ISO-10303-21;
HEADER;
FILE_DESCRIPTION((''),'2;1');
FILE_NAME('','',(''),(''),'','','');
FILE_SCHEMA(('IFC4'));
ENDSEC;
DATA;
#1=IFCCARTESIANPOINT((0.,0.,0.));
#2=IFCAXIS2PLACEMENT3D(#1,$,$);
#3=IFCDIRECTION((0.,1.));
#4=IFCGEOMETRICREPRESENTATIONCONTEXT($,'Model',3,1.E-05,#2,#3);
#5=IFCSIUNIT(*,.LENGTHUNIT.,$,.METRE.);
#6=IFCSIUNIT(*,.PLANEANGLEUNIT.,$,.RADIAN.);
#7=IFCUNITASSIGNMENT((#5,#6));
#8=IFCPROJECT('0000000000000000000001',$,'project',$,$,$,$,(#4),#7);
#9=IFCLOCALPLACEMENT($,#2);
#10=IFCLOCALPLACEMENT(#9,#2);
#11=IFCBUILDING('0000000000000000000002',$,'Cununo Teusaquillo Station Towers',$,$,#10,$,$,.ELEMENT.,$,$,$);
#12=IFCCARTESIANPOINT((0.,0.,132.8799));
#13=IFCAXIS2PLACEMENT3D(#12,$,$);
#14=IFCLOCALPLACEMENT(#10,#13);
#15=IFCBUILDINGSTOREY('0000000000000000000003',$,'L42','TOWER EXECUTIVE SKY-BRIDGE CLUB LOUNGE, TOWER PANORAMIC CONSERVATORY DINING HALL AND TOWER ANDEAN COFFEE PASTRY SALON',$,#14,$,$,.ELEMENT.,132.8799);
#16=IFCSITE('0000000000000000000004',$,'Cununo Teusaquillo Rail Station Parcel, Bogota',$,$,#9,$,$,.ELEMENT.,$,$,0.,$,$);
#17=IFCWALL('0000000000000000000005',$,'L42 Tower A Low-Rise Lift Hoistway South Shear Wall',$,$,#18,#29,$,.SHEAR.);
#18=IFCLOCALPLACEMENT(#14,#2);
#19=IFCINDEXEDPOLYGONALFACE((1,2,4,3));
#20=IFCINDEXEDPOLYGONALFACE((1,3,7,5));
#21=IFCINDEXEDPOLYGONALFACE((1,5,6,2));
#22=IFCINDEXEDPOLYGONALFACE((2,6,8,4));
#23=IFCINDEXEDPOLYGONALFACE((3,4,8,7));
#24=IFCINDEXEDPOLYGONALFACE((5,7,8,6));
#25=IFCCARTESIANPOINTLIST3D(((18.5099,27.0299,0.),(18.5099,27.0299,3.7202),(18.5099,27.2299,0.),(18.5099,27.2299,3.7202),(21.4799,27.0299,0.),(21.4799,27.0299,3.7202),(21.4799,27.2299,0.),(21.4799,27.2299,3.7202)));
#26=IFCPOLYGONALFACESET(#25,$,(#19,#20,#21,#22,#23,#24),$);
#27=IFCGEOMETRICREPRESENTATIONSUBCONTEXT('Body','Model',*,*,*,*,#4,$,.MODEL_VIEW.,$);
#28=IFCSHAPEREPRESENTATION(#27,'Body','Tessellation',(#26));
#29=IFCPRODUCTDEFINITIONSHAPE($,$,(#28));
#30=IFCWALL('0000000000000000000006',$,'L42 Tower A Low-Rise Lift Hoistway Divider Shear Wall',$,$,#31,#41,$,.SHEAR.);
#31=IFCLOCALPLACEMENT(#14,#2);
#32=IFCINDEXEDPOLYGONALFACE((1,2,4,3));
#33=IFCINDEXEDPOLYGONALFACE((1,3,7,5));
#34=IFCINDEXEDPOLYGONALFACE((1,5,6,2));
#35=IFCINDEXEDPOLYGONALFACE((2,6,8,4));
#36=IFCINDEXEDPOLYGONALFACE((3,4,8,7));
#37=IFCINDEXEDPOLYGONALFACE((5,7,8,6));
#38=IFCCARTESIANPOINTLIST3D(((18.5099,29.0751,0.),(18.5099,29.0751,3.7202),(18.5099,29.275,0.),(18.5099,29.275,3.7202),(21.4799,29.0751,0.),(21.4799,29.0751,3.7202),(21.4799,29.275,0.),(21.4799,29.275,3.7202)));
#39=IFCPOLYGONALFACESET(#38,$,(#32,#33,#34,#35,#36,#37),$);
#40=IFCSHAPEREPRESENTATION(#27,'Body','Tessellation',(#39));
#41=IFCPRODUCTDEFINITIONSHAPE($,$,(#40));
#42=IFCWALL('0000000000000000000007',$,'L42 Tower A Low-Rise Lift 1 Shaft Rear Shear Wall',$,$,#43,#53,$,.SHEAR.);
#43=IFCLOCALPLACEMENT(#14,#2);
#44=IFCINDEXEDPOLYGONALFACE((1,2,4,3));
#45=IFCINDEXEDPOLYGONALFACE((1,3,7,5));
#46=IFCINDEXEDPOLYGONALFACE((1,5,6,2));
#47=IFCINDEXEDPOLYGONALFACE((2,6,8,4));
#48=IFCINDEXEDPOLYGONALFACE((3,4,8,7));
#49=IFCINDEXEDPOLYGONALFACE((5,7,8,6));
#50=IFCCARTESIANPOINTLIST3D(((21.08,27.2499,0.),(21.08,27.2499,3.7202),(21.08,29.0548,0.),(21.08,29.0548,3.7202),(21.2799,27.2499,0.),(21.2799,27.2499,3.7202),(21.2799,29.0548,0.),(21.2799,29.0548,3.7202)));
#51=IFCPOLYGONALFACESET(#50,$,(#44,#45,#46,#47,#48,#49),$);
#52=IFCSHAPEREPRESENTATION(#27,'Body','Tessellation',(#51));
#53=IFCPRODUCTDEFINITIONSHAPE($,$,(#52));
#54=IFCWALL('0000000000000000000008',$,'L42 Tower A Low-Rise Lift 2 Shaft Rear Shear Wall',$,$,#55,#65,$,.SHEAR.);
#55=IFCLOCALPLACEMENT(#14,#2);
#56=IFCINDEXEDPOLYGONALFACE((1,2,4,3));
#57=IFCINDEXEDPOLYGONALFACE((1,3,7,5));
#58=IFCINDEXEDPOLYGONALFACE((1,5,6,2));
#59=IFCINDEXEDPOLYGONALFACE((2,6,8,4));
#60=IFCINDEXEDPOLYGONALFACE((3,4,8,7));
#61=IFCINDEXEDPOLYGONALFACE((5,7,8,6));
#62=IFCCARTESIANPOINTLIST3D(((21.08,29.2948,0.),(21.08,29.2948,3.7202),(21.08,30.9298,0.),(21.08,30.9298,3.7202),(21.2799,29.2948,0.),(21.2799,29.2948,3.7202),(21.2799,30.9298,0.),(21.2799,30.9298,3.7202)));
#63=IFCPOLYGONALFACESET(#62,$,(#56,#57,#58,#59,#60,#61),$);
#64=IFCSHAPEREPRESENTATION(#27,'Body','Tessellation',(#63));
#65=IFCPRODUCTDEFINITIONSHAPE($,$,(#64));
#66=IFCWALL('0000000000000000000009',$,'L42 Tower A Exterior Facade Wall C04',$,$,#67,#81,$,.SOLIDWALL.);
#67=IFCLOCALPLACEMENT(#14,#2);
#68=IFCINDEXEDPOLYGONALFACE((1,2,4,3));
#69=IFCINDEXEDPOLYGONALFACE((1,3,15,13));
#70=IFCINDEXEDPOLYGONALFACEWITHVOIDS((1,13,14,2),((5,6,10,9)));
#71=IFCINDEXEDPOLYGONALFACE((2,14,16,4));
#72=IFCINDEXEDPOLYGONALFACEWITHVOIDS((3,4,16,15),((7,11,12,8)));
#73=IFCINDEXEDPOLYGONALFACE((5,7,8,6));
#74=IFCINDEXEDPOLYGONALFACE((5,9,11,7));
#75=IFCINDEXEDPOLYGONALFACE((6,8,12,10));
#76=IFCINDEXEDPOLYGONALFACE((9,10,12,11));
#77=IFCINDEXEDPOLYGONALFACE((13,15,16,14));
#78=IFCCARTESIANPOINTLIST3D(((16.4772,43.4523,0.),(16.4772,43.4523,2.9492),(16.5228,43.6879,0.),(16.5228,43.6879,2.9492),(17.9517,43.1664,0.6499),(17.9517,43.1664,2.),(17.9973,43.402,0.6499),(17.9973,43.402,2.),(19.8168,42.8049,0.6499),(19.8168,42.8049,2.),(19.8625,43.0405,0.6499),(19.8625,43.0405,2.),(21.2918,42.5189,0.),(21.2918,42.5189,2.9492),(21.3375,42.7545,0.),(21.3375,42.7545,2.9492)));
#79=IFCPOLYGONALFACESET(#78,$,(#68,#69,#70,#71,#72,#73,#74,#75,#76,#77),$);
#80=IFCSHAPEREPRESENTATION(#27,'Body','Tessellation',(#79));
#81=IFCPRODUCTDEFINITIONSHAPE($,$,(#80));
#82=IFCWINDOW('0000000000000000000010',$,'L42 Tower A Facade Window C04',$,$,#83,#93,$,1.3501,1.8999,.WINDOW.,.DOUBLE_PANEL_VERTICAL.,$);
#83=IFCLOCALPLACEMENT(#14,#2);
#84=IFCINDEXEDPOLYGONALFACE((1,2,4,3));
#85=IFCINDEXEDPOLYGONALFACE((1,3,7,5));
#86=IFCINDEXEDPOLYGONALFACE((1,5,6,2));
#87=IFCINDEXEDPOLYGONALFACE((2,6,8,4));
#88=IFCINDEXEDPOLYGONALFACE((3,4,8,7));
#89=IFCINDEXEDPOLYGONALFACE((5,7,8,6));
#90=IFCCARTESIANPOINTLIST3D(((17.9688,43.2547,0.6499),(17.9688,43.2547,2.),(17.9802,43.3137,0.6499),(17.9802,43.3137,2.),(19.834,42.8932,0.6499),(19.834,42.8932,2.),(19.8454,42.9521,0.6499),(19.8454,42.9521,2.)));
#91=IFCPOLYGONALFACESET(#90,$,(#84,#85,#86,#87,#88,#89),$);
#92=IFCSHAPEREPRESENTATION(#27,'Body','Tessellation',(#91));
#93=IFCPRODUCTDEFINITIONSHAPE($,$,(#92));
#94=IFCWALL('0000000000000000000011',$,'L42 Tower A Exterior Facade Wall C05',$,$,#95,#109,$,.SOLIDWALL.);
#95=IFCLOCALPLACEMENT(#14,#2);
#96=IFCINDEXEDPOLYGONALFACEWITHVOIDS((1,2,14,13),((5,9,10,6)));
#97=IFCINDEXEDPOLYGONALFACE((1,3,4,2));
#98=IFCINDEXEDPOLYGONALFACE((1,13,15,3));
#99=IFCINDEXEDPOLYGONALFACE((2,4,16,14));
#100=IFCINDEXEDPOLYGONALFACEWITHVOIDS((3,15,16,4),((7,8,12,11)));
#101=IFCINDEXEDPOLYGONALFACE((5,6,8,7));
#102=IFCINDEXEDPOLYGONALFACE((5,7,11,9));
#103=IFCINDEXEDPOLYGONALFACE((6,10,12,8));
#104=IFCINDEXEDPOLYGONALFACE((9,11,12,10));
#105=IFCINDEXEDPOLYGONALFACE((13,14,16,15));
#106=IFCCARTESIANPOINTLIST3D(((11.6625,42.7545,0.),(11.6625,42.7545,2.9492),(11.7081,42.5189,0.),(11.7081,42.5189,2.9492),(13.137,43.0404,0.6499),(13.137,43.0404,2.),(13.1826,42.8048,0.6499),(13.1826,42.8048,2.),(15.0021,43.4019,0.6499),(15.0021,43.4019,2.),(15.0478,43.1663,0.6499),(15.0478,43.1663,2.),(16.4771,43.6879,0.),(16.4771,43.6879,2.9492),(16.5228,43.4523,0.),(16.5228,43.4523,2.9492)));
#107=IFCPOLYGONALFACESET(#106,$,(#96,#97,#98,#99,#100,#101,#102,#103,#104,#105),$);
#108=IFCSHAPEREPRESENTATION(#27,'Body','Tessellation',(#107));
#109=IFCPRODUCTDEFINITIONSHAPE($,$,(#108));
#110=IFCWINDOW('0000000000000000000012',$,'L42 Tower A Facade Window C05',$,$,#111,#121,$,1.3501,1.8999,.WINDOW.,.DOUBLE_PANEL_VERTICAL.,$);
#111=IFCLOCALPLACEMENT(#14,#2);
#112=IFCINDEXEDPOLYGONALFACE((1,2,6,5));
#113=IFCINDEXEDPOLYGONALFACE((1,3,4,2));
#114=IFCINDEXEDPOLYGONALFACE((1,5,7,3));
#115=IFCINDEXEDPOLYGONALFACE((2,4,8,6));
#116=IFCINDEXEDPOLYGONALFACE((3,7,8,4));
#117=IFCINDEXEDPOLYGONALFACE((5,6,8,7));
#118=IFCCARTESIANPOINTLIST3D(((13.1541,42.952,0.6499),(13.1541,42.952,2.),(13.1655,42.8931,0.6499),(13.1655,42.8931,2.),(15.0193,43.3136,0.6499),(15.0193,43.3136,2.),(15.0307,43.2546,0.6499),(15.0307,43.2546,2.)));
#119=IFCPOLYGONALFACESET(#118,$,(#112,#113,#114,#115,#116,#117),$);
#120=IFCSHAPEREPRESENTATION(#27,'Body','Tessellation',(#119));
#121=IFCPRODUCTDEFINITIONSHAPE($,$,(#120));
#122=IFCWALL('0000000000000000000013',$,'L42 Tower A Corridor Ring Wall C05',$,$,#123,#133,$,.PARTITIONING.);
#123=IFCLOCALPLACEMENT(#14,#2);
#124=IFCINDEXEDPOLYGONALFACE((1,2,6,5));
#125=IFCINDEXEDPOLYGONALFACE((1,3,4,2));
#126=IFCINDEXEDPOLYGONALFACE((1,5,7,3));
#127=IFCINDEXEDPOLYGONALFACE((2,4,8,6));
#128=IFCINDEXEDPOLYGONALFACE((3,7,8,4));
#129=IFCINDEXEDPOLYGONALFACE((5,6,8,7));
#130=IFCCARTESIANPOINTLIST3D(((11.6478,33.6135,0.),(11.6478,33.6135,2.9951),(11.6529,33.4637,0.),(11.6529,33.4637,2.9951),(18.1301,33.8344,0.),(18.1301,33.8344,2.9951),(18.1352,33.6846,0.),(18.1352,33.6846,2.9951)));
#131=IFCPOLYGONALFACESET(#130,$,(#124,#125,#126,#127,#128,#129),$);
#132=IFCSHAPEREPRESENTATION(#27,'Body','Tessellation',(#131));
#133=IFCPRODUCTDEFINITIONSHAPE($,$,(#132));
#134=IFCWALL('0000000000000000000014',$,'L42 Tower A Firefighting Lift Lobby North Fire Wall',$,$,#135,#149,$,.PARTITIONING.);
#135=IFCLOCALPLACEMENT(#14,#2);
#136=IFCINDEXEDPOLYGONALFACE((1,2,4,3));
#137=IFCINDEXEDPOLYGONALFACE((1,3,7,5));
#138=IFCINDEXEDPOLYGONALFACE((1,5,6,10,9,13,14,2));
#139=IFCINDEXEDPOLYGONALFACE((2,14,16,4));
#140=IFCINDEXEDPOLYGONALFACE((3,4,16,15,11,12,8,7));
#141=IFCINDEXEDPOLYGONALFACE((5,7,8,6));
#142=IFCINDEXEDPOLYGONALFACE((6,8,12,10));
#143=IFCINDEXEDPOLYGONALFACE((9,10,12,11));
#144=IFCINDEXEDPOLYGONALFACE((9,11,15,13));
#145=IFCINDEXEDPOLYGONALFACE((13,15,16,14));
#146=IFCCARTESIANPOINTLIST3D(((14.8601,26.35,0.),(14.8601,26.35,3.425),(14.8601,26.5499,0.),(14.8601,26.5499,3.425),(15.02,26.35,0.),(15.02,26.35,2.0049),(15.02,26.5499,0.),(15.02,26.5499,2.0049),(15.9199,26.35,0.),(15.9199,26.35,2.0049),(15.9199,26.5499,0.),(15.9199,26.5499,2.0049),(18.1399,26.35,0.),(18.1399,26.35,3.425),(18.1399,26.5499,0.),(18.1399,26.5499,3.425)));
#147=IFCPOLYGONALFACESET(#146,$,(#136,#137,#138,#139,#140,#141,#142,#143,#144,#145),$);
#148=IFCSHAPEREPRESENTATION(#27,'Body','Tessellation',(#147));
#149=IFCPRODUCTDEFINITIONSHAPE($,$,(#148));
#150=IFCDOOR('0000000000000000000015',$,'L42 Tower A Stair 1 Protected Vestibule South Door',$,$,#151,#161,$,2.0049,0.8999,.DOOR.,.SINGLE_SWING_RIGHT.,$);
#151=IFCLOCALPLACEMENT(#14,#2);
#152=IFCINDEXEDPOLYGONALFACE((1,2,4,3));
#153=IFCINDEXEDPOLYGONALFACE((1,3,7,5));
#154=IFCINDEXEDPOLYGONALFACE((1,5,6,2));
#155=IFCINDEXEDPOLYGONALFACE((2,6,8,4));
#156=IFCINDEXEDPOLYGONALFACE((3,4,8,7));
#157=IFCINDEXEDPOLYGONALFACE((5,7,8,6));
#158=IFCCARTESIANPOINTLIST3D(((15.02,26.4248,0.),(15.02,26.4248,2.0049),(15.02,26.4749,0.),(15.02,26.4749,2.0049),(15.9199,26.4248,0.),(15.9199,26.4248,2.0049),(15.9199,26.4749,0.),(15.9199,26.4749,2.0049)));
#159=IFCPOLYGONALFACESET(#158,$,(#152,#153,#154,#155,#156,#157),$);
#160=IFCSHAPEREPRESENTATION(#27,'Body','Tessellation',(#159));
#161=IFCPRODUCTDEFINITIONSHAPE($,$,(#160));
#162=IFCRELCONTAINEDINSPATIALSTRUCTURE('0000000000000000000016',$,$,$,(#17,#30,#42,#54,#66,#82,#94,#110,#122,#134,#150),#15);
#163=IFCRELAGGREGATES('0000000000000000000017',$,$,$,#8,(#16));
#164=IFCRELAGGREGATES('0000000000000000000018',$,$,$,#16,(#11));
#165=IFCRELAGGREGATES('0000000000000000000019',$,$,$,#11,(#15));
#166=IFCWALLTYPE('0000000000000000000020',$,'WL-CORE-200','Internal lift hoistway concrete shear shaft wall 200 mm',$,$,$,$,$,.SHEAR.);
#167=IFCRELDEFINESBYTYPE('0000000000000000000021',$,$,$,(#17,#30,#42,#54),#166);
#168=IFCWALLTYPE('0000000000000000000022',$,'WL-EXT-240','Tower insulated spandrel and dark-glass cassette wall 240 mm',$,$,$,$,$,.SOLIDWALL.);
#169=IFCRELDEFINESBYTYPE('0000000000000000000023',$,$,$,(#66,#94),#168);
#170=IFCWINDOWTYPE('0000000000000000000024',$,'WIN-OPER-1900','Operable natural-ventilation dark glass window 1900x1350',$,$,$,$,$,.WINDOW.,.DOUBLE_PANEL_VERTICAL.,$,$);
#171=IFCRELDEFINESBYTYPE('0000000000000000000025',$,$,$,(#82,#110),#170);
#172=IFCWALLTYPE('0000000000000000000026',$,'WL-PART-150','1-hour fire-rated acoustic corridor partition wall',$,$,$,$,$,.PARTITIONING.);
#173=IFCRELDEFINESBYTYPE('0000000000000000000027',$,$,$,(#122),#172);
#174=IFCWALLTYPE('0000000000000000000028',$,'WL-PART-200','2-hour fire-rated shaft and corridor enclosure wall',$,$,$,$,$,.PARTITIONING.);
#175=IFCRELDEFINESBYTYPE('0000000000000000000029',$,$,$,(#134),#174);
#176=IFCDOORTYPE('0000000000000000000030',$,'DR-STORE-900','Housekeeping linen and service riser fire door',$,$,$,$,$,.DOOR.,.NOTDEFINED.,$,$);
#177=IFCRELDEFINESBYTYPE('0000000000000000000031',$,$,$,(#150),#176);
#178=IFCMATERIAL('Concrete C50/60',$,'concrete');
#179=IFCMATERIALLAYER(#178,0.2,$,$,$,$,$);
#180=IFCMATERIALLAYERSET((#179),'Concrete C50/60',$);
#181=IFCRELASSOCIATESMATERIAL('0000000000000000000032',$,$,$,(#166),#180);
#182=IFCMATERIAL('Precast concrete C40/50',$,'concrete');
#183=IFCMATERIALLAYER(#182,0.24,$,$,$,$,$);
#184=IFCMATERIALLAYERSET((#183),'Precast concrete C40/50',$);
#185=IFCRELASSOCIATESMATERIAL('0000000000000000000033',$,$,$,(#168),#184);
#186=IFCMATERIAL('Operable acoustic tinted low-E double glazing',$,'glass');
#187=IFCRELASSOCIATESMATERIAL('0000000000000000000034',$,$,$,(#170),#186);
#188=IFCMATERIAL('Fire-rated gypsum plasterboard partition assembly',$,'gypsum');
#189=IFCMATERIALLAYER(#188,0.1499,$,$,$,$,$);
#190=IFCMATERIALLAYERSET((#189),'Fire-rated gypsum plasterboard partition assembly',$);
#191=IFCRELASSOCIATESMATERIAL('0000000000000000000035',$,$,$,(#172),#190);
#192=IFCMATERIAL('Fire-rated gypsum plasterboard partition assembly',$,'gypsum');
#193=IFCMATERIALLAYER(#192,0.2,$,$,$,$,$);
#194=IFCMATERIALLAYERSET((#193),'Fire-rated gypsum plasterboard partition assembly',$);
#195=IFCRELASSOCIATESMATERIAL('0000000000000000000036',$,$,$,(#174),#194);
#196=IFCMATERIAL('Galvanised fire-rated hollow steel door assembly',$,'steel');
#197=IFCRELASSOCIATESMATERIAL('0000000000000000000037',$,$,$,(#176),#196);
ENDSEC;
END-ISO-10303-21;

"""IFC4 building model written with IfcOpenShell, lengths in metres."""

from ifc_helpers import new_model, si_unit, direction, frame, frame_2d, origin, place, context, subcontext, project, spatial, rectangle, extrude, source, transform, mapped, material, layer, layer_set, type_object, element, fill, save


model = new_model("IFC4")

# Units and contexts
model_context = context("Model", 3, precision=1e-05, world=origin(), true_north=direction((0.0, 1.0)))
body_context = subcontext(model_context, "Body", "Model", "MODEL_VIEW")
ifc_project = project(units=[si_unit("LENGTHUNIT", "METRE"), si_unit("PLANEANGLEUNIT", "RADIAN")], contexts=[model_context])

# Site, building, storey
site_placement = place(None, origin())
site = spatial("IfcSite", under=ifc_project, at=site_placement, Name="Cununo Teusaquillo Rail Station Parcel, Bogota", CompositionType="ELEMENT", RefElevation=0.0)
building_placement = place(site_placement, origin())
building = spatial("IfcBuilding", under=site, at=building_placement, Name="Cununo Teusaquillo Station Towers", CompositionType="ELEMENT")
storey_placement = place(building_placement, frame((0.0, 0.0, 132.8799)))
storey = spatial("IfcBuildingStorey", under=building, at=storey_placement, Name="L42", Description="TOWER EXECUTIVE SKY-BRIDGE CLUB LOUNGE, TOWER PANORAMIC CONSERVATORY DINING HALL AND TOWER ANDEAN COFFEE PASTRY SALON", CompositionType="ELEMENT", Elevation=132.8799)

# Walls
ifc_material_1 = material(Name="Concrete C50/60", Category="concrete")
ifc_layer_1 = layer(ifc_material_1, 0.2)
ifc_layer_set_1 = layer_set([ifc_layer_1], Name="Concrete C50/60")
wall_type_1 = type_object("IfcWallType", Name="WL-CORE-200", Description="Internal lift hoistway concrete shear shaft wall 200 mm", PredefinedType="SHEAR", material=ifc_layer_set_1)
for number, where, z_axis, x_axis, name in (
    (1, (18.51, 27.1299, 0.0), (0.0, 0.0, 1.0), (1.0, 0.0, 0.0), "L42 Tower A Low-Rise Lift Hoistway South Shear Wall"),
    (2, (18.51, 29.175, 0.0), (0.0, 0.0, 1.0), (1.0, 0.0, 0.0), "L42 Tower A Low-Rise Lift Hoistway Divider Shear Wall"),
):
    element("IfcWall", number, at=place(storey_placement, frame(where, z_axis=z_axis, x_axis=x_axis)), inside=storey, type_object=wall_type_1, Name=name, PredefinedType="SHEAR", context=body_context, shape_type="SweptSolid", body=[
        extrude(rectangle(XDim=2.97, YDim=0.2, at=frame_2d((1.4849, 0.0))), origin(), (0.0, 0.0, 1.0), 3.7202),
    ])
wall_1_placement = place(storey_placement, frame((21.1799, 27.25, 0.0), z_axis=(0.0, 0.0, 1.0), x_axis=(0.0, 1.0, 0.0)))
element("IfcWall", 3, at=wall_1_placement, inside=storey, type_object=wall_type_1, Name="L42 Tower A Low-Rise Lift 1 Shaft Rear Shear Wall", PredefinedType="SHEAR", context=body_context, shape_type="SweptSolid", body=[
    extrude(rectangle(XDim=1.8049, YDim=0.2, at=frame_2d((0.9023, 0.0))), origin(), (0.0, 0.0, 1.0), 3.7202),
])
wall_2_placement = place(storey_placement, frame((21.1799, 29.2949, 0.0), z_axis=(0.0, 0.0, 1.0), x_axis=(0.0, 1.0, 0.0)))
element("IfcWall", 4, at=wall_2_placement, inside=storey, type_object=wall_type_1, Name="L42 Tower A Low-Rise Lift 2 Shaft Rear Shear Wall", PredefinedType="SHEAR", context=body_context, shape_type="SweptSolid", body=[
    extrude(rectangle(XDim=1.635, YDim=0.2, at=frame_2d((0.8174, 0.0))), origin(), (0.0, 0.0, 1.0), 3.7202),
])

# Walls, openings, windows
ifc_material_2 = material(Name="Precast concrete C40/50", Category="concrete")
ifc_layer_2 = layer(ifc_material_2, 0.24)
ifc_layer_set_2 = layer_set([ifc_layer_2], Name="Precast concrete C40/50")
wall_type_2 = type_object("IfcWallType", Name="WL-EXT-240", Description="Tower insulated spandrel and dark-glass cassette wall 240 mm", PredefinedType="SOLIDWALL", material=ifc_layer_set_2)
wall_3_placement = place(storey_placement, frame((16.5, 43.5701, 0.0), z_axis=(0.0, 0.0, 1.0), x_axis=(0.981724, -0.190311, 0.0)))
wall_3 = element("IfcWall", 5, at=wall_3_placement, inside=storey, type_object=wall_type_2, Name="L42 Tower A Exterior Facade Wall C04", PredefinedType="SOLIDWALL", context=body_context, shape_type="SweptSolid", body=[
    extrude(rectangle(XDim=4.9043, YDim=0.24, at=frame_2d((2.4521, 0.0))), origin(), (0.0, 0.0, 1.0), 2.9492),
])
shared_shape_1 = source(origin(), body_context, "Body", "SweptSolid", [
    extrude(rectangle(XDim=1.8999, YDim=1.3501, at=frame_2d((0.95, 0.675))), frame((0.0, 0.1299, 0.0), z_axis=(0.0, -1.0, 0.0), x_axis=(1.0, 0.0, 0.0)), (0.0, 0.0, 1.0), 0.26),
])
opening_1_placement = place(wall_3_placement, frame((1.502, 0.0, 0.6499)))
opening_1 = element("IfcOpeningElement", 6, at=opening_1_placement, cuts=wall_3, PredefinedType="OPENING", context=body_context, shape_type="MappedRepresentation", body=[
    mapped(shared_shape_1, transform((0.0, 0.0, 0.0), x_axis=(1.0, 0.0, 0.0), y_axis=(0.0, 1.0, 0.0), z_axis=(0.0, 0.0, 1.0), scale=1.0)),
])
ifc_material_3 = material(Name="Operable acoustic tinted low-E double glazing", Category="glass")
window_type = type_object("IfcWindowType", Name="WIN-OPER-1900", Description="Operable natural-ventilation dark glass window 1900x1350", PartitioningType="DOUBLE_PANEL_VERTICAL", PredefinedType="WINDOW", material=ifc_material_3)
shared_shape_2 = source(origin(), body_context, "Body", "SweptSolid", [
    extrude(rectangle(XDim=1.8999, YDim=1.3501, at=frame_2d((0.95, 0.675))), frame((0.0, 0.03, 0.0), z_axis=(0.0, -1.0, 0.0), x_axis=(1.0, 0.0, 0.0)), (0.0, 0.0, 1.0), 0.0601),
])
window_1_placement = place(opening_1_placement, origin())
window_1 = element("IfcWindow", 7, at=window_1_placement, inside=storey, type_object=window_type, Name="L42 Tower A Facade Window C04", OverallHeight=1.3501, OverallWidth=1.8999, PartitioningType="DOUBLE_PANEL_VERTICAL", PredefinedType="WINDOW", context=body_context, shape_type="MappedRepresentation", body=[
    mapped(shared_shape_2, transform((0.0, 0.0, 0.0), x_axis=(1.0, 0.0, 0.0), y_axis=(0.0, 1.0, 0.0), z_axis=(0.0, 0.0, 1.0), scale=1.0)),
])
fill(opening_1, window_1)
wall_4_placement = place(storey_placement, frame((11.6853, 42.6367, 0.0), z_axis=(0.0, 0.0, 1.0), x_axis=(0.981724, 0.190311, 0.0)))
wall_4 = element("IfcWall", 8, at=wall_4_placement, inside=storey, type_object=wall_type_2, Name="L42 Tower A Exterior Facade Wall C05", PredefinedType="SOLIDWALL", context=body_context, shape_type="SweptSolid", body=[
    extrude(rectangle(XDim=4.9043, YDim=0.24, at=frame_2d((2.4521, 0.0))), origin(), (0.0, 0.0, 1.0), 2.9492),
])
opening_2_placement = place(wall_4_placement, frame((1.502, 0.0, 0.6499)))
opening_2 = element("IfcOpeningElement", 9, at=opening_2_placement, cuts=wall_4, PredefinedType="OPENING", context=body_context, shape_type="MappedRepresentation", body=[
    mapped(shared_shape_1, transform((0.0, 0.0, 0.0), x_axis=(1.0, 0.0, 0.0), y_axis=(0.0, 1.0, 0.0), z_axis=(0.0, 0.0, 1.0), scale=1.0)),
])
window_2_placement = place(opening_2_placement, origin())
window_2 = element("IfcWindow", 10, at=window_2_placement, inside=storey, type_object=window_type, Name="L42 Tower A Facade Window C05", OverallHeight=1.3501, OverallWidth=1.8999, PartitioningType="DOUBLE_PANEL_VERTICAL", PredefinedType="WINDOW", context=body_context, shape_type="MappedRepresentation", body=[
    mapped(shared_shape_2, transform((0.0, 0.0, 0.0), x_axis=(1.0, 0.0, 0.0), y_axis=(0.0, 1.0, 0.0), z_axis=(0.0, 0.0, 1.0), scale=1.0)),
])
fill(opening_2, window_2)

# Wall
ifc_material_4 = material(Name="Fire-rated gypsum plasterboard partition assembly", Category="gypsum")
ifc_layer_3 = layer(ifc_material_4, 0.1499)
ifc_layer_set_3 = layer_set([ifc_layer_3], Name="Fire-rated gypsum plasterboard partition assembly")
wall_type_3 = type_object("IfcWallType", Name="WL-PART-150", Description="1-hour fire-rated acoustic corridor partition wall", PredefinedType="PARTITIONING", material=ifc_layer_set_3)
wall_5_placement = place(storey_placement, frame((18.1328, 33.7595, 0.0), z_axis=(0.0, 0.0, 1.0), x_axis=(-0.99942, -0.034064, 0.0)))
element("IfcWall", 11, at=wall_5_placement, inside=storey, type_object=wall_type_3, Name="L42 Tower A Corridor Ring Wall C05", PredefinedType="PARTITIONING", context=body_context, shape_type="SweptSolid", body=[
    extrude(rectangle(XDim=6.4861, YDim=0.1499, at=frame_2d((3.2432, 0.0))), origin(), (0.0, 0.0, 1.0), 2.9951),
])

# Wall, opening, door
ifc_material_5 = material(Name="Fire-rated gypsum plasterboard partition assembly", Category="gypsum")
ifc_layer_4 = layer(ifc_material_5, 0.2)
ifc_layer_set_4 = layer_set([ifc_layer_4], Name="Fire-rated gypsum plasterboard partition assembly")
wall_type_4 = type_object("IfcWallType", Name="WL-PART-200", Description="2-hour fire-rated shaft and corridor enclosure wall", PredefinedType="PARTITIONING", material=ifc_layer_set_4)
wall_6_placement = place(storey_placement, frame((14.8601, 26.45, 0.0), z_axis=(0.0, 0.0, 1.0), x_axis=(1.0, 0.0, 0.0)))
wall_6 = element("IfcWall", 12, at=wall_6_placement, inside=storey, type_object=wall_type_4, Name="L42 Tower A Firefighting Lift Lobby North Fire Wall", PredefinedType="PARTITIONING", context=body_context, shape_type="SweptSolid", body=[
    extrude(rectangle(XDim=3.2798, YDim=0.2, at=frame_2d((1.6399, 0.0))), origin(), (0.0, 0.0, 1.0), 3.425),
])
shared_shape_3 = source(origin(), body_context, "Body", "SweptSolid", [
    extrude(rectangle(XDim=0.8999, YDim=2.0049, at=frame_2d((0.45, 1.0024))), frame((0.0, 0.1099, 0.0), z_axis=(0.0, -1.0, 0.0), x_axis=(1.0, 0.0, 0.0)), (0.0, 0.0, 1.0), 0.22),
])
opening_3_placement = place(wall_6_placement, frame((0.1599, 0.0, 0.0)))
opening_3 = element("IfcOpeningElement", 13, at=opening_3_placement, cuts=wall_6, PredefinedType="OPENING", context=body_context, shape_type="MappedRepresentation", body=[
    mapped(shared_shape_3, transform((0.0, 0.0, 0.0), x_axis=(1.0, 0.0, 0.0), y_axis=(0.0, 1.0, 0.0), z_axis=(0.0, 0.0, 1.0), scale=1.0)),
])
ifc_material_6 = material(Name="Galvanised fire-rated hollow steel door assembly", Category="steel")
door_type_1 = type_object("IfcDoorType", Name="DR-STORE-900", Description="Housekeeping linen and service riser fire door", OperationType="NOTDEFINED", PredefinedType="DOOR", material=ifc_material_6)
shared_shape_4 = source(origin(), body_context, "Body", "SweptSolid", [
    extrude(rectangle(XDim=0.8999, YDim=2.0049, at=frame_2d((0.45, 1.0024))), frame((0.0, 0.0249, 0.0), z_axis=(0.0, -1.0, 0.0), x_axis=(1.0, 0.0, 0.0)), (0.0, 0.0, 1.0), 0.05),
])
door_1_placement = place(opening_3_placement, origin())
door_1 = element("IfcDoor", 14, at=door_1_placement, inside=storey, type_object=door_type_1, Name="L42 Tower A Stair 1 Protected Vestibule South Door", OperationType="SINGLE_SWING_RIGHT", OverallHeight=2.0049, OverallWidth=0.8999, PredefinedType="DOOR", context=body_context, shape_type="MappedRepresentation", body=[
    mapped(shared_shape_4, transform((0.0, 0.0, 0.0), x_axis=(1.0, 0.0, 0.0), y_axis=(0.0, 1.0, 0.0), z_axis=(0.0, 0.0, 1.0), scale=1.0)),
])
fill(opening_3, door_1)

save(model, "model.ifc")
